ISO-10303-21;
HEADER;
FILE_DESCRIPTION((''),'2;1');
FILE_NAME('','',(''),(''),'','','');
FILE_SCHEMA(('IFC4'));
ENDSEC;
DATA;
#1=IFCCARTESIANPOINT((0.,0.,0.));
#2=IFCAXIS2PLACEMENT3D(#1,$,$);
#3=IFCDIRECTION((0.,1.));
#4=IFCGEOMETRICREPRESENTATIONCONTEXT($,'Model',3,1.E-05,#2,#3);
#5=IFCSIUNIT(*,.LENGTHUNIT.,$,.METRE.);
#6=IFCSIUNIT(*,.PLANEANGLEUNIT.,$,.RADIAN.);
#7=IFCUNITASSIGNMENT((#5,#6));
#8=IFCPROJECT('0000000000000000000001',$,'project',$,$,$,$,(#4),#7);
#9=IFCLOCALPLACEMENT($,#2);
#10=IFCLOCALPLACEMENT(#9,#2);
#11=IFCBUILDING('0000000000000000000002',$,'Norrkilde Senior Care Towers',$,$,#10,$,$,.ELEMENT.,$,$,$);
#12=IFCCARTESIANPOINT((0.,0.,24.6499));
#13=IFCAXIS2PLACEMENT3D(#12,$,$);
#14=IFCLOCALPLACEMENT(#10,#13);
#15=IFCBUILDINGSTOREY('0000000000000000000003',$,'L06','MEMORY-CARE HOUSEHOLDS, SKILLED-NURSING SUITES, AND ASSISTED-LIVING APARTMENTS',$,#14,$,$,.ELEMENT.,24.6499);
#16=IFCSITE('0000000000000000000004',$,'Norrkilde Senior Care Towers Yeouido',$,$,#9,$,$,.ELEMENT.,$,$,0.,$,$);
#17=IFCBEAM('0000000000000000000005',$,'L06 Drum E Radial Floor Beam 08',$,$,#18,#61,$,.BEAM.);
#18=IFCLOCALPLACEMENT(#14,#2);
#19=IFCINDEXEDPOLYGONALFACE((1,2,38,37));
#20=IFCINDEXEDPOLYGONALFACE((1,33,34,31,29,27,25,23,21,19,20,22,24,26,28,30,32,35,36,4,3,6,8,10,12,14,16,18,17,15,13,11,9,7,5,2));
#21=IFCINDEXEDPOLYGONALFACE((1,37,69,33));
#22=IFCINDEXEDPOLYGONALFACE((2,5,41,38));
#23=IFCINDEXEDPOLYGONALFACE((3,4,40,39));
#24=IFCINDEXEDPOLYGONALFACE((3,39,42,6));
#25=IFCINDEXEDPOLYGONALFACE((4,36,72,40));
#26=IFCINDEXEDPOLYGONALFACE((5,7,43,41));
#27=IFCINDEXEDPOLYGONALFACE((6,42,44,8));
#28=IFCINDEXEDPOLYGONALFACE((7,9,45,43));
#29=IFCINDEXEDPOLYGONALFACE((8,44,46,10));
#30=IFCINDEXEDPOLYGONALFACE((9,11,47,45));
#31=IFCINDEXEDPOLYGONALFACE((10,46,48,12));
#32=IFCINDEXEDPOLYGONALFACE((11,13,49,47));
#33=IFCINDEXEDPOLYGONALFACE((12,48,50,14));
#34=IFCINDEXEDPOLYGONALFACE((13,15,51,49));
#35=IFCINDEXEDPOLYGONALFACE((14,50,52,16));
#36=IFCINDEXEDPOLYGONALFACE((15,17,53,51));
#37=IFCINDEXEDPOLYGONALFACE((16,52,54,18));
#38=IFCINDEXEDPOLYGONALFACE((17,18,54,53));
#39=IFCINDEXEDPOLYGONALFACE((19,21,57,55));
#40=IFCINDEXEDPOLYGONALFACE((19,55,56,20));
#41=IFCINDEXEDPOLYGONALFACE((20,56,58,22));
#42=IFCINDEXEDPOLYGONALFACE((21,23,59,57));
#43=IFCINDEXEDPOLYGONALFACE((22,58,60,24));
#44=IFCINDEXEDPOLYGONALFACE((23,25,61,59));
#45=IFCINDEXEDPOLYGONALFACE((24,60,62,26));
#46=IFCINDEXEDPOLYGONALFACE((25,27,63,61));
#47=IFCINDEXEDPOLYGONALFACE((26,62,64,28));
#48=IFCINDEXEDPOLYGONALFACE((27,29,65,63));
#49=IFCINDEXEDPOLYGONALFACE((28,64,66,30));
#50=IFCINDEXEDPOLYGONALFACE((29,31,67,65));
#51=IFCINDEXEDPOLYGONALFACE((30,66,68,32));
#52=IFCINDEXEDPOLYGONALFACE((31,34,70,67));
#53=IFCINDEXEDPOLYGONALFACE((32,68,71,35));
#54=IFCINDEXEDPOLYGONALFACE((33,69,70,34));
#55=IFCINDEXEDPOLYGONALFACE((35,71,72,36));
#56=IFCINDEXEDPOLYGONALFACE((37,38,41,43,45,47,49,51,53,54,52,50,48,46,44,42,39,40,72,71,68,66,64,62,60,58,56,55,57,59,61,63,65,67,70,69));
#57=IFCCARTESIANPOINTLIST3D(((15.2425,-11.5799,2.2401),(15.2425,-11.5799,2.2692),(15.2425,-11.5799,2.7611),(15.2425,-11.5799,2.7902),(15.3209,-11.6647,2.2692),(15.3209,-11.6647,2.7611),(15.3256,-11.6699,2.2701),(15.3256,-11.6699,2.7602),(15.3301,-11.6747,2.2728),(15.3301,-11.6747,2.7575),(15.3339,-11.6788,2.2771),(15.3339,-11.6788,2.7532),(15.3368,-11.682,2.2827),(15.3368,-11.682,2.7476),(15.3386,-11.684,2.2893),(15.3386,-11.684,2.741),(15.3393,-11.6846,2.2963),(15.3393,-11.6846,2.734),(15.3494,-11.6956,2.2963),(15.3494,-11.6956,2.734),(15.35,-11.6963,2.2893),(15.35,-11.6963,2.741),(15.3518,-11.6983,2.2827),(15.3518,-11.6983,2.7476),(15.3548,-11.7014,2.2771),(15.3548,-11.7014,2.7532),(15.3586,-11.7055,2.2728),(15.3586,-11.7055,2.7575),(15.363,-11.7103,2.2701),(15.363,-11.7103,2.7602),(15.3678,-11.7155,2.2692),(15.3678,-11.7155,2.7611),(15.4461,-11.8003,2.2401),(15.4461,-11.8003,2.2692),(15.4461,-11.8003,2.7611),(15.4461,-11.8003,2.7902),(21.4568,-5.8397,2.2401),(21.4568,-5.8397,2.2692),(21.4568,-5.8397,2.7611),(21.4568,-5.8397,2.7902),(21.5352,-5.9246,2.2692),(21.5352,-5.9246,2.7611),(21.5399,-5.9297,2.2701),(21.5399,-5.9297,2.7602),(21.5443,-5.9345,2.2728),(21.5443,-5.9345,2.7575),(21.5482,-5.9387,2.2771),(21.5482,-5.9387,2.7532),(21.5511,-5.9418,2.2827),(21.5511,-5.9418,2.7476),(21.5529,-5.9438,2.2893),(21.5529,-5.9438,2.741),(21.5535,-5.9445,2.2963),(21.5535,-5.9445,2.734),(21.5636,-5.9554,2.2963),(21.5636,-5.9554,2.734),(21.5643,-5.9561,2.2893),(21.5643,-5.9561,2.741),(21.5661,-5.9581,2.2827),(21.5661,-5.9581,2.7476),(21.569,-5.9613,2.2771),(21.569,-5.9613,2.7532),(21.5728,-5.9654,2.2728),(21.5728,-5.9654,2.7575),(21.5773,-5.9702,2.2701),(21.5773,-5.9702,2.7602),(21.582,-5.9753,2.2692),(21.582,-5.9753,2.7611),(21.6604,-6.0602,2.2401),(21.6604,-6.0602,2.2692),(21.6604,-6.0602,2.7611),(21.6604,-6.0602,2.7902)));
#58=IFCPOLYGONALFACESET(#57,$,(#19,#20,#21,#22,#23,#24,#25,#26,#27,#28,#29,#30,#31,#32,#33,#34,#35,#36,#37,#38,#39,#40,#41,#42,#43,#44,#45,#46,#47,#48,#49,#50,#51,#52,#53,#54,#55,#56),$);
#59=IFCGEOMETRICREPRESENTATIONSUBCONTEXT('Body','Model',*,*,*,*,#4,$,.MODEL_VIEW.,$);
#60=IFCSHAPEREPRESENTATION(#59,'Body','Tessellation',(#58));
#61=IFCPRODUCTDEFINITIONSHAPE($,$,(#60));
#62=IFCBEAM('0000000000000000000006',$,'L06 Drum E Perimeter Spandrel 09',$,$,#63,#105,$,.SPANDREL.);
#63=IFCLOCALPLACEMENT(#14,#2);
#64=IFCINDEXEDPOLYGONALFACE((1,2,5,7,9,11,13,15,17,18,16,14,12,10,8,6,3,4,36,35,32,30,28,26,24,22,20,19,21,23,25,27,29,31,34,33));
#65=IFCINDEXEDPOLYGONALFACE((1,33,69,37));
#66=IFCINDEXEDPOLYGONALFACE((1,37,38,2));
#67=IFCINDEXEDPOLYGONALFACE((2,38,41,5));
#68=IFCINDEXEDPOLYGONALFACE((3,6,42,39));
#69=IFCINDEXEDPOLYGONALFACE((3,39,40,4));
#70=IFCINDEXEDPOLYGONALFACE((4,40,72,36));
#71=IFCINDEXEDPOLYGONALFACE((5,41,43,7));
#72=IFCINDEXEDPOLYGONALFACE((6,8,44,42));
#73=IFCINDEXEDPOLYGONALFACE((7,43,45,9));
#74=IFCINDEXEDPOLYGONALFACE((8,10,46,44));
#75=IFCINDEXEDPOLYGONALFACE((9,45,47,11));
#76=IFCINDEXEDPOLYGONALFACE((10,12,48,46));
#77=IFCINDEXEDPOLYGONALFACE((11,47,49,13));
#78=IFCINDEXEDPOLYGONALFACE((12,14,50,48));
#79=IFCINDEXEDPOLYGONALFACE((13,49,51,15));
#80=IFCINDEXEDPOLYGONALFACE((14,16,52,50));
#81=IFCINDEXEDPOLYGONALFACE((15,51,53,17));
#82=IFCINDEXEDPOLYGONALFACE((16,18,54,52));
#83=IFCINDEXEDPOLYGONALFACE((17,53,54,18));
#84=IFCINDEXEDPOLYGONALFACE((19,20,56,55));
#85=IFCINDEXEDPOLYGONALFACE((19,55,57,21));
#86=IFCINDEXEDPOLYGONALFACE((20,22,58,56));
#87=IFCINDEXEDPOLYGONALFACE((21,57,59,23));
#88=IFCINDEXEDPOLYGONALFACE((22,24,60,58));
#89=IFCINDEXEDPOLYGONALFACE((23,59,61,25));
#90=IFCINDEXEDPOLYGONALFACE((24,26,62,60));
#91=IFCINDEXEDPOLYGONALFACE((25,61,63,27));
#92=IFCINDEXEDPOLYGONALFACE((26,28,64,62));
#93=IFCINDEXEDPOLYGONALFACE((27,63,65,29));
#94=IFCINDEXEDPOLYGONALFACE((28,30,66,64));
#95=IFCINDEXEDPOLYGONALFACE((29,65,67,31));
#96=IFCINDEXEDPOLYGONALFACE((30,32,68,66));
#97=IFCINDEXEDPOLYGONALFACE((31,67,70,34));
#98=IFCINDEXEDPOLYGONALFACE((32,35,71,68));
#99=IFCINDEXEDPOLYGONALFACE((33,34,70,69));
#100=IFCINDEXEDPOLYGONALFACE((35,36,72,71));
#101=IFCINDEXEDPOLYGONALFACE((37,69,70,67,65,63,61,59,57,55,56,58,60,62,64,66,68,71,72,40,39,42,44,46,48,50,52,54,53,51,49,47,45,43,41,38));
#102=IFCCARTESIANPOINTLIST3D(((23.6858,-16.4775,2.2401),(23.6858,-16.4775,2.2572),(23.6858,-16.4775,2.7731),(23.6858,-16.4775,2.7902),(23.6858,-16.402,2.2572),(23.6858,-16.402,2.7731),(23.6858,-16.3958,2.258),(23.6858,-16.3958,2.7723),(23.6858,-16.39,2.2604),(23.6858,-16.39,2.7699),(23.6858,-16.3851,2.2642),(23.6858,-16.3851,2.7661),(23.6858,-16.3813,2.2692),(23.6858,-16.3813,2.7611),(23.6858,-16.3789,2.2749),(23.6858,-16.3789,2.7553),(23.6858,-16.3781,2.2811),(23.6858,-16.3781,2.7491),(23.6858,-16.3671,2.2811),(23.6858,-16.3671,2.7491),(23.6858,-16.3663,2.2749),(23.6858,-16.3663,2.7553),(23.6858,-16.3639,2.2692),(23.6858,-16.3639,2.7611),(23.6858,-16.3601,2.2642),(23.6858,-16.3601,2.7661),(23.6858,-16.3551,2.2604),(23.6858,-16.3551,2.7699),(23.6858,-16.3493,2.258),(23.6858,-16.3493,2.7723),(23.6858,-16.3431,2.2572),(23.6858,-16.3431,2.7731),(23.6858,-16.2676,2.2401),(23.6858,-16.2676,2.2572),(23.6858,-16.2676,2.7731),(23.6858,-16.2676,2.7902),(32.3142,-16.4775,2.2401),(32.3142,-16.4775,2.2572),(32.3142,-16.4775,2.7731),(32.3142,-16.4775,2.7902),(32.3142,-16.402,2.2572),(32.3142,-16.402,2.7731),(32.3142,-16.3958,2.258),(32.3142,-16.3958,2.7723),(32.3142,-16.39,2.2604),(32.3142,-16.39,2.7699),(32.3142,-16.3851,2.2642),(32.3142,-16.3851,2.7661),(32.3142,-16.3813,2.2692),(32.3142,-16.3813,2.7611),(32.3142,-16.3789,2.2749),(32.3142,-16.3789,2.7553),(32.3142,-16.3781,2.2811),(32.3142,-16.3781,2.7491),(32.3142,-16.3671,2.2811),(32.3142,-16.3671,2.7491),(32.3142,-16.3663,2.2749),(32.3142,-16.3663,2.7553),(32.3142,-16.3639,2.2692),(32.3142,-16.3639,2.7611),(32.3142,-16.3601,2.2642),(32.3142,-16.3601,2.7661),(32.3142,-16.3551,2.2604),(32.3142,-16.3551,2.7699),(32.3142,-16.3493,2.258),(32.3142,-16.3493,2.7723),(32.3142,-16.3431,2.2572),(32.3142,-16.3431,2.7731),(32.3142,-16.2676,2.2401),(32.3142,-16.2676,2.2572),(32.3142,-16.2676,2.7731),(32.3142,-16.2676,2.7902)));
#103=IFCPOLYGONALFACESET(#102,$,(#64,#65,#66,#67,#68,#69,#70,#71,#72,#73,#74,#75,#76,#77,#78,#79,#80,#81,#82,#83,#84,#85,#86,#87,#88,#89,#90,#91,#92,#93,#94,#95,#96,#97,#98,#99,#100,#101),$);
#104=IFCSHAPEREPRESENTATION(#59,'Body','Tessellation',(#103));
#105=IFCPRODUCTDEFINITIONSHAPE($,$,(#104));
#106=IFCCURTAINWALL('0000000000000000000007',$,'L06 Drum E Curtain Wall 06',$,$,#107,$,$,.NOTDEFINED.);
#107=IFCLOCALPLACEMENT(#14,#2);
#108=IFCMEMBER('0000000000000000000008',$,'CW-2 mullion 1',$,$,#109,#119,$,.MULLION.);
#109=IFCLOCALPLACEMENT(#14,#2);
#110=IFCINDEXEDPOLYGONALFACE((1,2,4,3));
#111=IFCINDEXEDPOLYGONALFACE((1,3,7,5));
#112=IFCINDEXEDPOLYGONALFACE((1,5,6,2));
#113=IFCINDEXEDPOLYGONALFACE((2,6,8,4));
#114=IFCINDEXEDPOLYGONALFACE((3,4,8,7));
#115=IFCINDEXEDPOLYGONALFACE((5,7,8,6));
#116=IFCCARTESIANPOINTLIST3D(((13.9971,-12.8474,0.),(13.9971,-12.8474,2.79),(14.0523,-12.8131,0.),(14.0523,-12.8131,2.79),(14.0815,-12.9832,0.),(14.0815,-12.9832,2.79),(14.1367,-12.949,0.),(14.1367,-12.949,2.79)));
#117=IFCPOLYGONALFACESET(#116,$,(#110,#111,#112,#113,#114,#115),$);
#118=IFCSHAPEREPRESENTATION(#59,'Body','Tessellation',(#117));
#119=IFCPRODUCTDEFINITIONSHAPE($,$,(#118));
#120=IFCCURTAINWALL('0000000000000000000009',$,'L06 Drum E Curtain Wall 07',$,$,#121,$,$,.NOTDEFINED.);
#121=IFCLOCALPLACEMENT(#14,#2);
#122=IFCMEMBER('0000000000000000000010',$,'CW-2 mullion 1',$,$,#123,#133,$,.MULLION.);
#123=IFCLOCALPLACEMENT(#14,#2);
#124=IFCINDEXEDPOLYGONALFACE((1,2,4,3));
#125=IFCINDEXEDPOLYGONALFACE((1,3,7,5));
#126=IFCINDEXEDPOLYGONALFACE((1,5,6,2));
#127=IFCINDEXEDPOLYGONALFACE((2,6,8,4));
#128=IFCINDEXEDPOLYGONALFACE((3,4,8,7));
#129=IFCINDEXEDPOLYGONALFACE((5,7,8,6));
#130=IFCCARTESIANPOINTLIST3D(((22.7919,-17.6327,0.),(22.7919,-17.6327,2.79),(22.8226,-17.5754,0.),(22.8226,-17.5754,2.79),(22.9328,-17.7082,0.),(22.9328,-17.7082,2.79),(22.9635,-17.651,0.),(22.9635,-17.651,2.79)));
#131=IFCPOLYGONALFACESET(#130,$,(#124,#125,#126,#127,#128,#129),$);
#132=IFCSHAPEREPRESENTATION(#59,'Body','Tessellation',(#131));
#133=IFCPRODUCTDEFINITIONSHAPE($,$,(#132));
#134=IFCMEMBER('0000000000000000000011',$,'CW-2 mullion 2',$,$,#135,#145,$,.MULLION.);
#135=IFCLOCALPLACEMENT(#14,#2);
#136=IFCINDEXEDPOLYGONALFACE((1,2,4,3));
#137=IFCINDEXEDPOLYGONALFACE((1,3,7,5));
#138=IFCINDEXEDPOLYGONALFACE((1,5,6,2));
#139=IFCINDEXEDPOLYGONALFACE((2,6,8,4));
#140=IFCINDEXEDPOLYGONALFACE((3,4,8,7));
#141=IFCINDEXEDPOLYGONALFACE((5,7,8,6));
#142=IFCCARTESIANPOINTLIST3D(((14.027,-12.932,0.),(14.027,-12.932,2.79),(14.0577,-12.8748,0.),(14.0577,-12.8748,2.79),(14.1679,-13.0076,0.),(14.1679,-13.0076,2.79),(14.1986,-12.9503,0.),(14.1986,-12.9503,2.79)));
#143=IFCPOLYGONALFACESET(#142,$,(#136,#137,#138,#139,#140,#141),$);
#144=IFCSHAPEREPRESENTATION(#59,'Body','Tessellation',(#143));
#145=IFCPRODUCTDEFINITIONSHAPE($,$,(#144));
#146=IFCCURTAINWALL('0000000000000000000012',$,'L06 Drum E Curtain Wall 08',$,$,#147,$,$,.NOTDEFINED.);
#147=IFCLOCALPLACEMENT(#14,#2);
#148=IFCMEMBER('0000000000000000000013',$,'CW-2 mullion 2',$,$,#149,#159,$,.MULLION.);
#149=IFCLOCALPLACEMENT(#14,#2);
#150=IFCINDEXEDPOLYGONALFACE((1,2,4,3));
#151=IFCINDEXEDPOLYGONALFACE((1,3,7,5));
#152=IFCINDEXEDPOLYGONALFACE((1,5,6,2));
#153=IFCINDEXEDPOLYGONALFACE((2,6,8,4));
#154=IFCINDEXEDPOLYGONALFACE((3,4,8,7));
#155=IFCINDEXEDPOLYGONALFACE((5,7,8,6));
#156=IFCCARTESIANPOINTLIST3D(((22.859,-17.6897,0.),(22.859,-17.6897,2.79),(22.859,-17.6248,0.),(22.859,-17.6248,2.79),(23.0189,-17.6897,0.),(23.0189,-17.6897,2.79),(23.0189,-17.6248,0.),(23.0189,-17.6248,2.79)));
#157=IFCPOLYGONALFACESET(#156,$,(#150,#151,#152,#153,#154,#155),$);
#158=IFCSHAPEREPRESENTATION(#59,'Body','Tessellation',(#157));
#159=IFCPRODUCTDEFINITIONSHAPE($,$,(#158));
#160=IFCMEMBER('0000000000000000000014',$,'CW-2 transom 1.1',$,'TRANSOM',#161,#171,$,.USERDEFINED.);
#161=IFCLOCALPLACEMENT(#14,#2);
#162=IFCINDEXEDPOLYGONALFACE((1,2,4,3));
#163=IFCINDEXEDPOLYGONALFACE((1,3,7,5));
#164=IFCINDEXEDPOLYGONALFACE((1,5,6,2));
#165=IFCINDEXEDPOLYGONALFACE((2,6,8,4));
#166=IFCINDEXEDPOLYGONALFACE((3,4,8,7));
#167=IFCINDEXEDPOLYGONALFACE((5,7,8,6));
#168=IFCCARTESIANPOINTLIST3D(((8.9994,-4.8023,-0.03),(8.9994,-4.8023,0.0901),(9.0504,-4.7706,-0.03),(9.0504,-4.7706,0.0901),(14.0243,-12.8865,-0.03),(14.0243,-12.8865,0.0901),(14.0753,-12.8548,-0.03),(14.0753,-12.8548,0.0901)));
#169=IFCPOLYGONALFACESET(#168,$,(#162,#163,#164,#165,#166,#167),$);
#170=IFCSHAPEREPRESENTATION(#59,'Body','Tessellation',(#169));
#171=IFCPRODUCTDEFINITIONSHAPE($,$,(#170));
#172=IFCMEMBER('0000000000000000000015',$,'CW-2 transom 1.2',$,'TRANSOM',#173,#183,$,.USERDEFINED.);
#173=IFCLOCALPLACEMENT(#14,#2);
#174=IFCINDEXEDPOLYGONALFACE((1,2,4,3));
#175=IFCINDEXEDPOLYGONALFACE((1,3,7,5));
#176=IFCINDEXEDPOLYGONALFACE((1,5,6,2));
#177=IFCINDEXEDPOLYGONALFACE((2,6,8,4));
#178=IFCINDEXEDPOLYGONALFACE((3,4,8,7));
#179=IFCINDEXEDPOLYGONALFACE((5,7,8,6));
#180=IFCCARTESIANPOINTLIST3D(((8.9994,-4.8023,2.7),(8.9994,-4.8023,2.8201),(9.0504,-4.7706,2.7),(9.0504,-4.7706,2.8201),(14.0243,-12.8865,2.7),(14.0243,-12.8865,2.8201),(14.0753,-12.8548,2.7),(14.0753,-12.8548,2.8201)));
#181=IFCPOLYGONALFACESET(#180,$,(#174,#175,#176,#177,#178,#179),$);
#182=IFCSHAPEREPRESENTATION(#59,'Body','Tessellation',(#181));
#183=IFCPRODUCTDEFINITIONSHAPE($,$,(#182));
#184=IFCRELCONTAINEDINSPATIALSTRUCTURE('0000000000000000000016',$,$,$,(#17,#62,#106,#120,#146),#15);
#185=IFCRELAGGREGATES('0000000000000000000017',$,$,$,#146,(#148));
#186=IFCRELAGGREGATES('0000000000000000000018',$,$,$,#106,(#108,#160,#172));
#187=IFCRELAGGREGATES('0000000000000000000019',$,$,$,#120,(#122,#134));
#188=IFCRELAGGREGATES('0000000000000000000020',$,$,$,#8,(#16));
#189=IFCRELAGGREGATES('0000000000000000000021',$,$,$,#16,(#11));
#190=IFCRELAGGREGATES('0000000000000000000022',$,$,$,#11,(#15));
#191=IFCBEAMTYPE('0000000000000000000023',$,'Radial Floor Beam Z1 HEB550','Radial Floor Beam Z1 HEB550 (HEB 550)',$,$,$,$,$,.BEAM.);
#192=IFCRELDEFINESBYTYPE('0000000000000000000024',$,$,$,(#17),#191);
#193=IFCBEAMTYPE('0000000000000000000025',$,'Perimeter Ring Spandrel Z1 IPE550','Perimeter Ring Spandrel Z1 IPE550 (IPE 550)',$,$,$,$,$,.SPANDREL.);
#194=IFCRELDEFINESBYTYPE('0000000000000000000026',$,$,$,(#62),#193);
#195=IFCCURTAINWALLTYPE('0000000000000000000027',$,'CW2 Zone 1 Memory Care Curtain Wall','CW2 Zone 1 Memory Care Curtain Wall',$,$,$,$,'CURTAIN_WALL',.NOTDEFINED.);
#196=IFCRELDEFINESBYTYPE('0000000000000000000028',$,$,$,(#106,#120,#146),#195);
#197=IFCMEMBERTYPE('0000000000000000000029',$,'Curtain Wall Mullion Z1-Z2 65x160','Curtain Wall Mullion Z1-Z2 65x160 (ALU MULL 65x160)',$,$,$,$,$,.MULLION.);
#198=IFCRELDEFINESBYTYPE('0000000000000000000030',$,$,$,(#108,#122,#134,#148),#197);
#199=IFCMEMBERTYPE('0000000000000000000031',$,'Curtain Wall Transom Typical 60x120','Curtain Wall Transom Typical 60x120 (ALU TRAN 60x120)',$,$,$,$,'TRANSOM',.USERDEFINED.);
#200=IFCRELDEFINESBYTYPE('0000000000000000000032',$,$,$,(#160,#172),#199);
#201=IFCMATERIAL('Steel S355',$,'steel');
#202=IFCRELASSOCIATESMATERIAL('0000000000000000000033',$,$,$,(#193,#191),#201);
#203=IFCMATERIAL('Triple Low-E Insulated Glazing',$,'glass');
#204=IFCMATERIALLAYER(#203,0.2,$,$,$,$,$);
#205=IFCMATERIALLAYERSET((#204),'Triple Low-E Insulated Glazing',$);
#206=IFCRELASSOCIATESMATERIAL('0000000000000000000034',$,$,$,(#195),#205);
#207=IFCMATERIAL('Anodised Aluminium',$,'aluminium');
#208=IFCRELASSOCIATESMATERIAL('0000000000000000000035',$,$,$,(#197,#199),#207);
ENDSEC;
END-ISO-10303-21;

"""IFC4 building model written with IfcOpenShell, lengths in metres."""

from ifc_helpers import new_model, si_unit, direction, frame, origin, origin_2d, place, context, subcontext, project, spatial, rectangle, i_section, extrude, source, transform, mapped, material, layer, layer_set, material_profile, profile_set, type_object, type_shapes, element, aggregate, save


model = new_model("IFC4")

# Units and contexts
model_context = context("Model", 3, precision=1e-05, world=origin(), true_north=direction((0.0, 1.0)))
body_context = subcontext(model_context, "Body", "Model", "MODEL_VIEW")
ifc_project = project(units=[si_unit("LENGTHUNIT", "METRE"), si_unit("PLANEANGLEUNIT", "RADIAN")], contexts=[model_context])

# Site, building, storey
site_placement = place(None, origin())
site = spatial("IfcSite", under=ifc_project, at=site_placement, Name="Norrkilde Senior Care Towers Yeouido", CompositionType="ELEMENT", RefElevation=0.0)
building_placement = place(site_placement, origin())
building = spatial("IfcBuilding", under=site, at=building_placement, Name="Norrkilde Senior Care Towers", CompositionType="ELEMENT")
storey_placement = place(building_placement, frame((0.0, 0.0, 24.6499)))
storey = spatial("IfcBuildingStorey", under=building, at=storey_placement, Name="L06", Description="MEMORY-CARE HOUSEHOLDS, SKILLED-NURSING SUITES, AND ASSISTED-LIVING APARTMENTS", CompositionType="ELEMENT", Elevation=24.6499)

# Beams
ifc_material_1 = material(Name="Steel S355", Category="steel")
ifc_material_profile_1 = material_profile(ifc_material_1, i_section(OverallWidth=0.21, OverallDepth=0.55, WebThickness=0.011, FlangeThickness=0.0171, FilletRadius=0.0239, at=origin_2d()), Name="IPE 550")
ifc_profile_set_1 = profile_set([ifc_material_profile_1], Name="Steel S355")
beam_type_1 = type_object("IfcBeamType", Name="Perimeter Ring Spandrel Z1 IPE550", Description="Perimeter Ring Spandrel Z1 IPE550 (IPE 550)", PredefinedType="SPANDREL", material=ifc_profile_set_1)
ifc_material_profile_2 = material_profile(ifc_material_1, i_section(OverallWidth=0.3, OverallDepth=0.55, WebThickness=0.0149, FlangeThickness=0.0291, FilletRadius=0.0271, at=origin_2d()), Name="HEB 550")
ifc_profile_set_2 = profile_set([ifc_material_profile_2], Name="Steel S355")
beam_type_2 = type_object("IfcBeamType", Name="Radial Floor Beam Z1 HEB550", Description="Radial Floor Beam Z1 HEB550 (HEB 550)", PredefinedType="BEAM", material=ifc_profile_set_2)
shared_shape_1 = source(origin(), body_context, "Body", "SweptSolid", [
    extrude(i_section(OverallWidth=0.3, OverallDepth=0.55, WebThickness=0.0149, FlangeThickness=0.0291, FilletRadius=0.0271, at=origin_2d()), origin(), (0.0, 0.0, 1.0), 8.4597),
])
type_shapes(beam_type_2, [shared_shape_1])
beam_1_placement = place(storey_placement, frame((21.5586, -5.95, 2.5151), z_axis=(-0.734573, -0.678529, 0.0), x_axis=(0.678529, -0.734573, 0.0)))
element("IfcBeam", 1, at=beam_1_placement, inside=storey, type_object=beam_type_2, Name="L06 Drum E Radial Floor Beam 08", PredefinedType="BEAM", context=body_context, shape_type="MappedRepresentation", body=[
    mapped(shared_shape_1, transform((0.0, 0.0, 0.0), x_axis=(1.0, 0.0, 0.0), y_axis=(0.0, 1.0, 0.0), z_axis=(0.0, 0.0, 1.0), scale=1.0)),
])
shared_shape_2 = source(origin(), body_context, "Body", "SweptSolid", [
    extrude(i_section(OverallWidth=0.21, OverallDepth=0.55, WebThickness=0.011, FlangeThickness=0.0171, FilletRadius=0.0239, at=origin_2d()), origin(), (0.0, 0.0, 1.0), 8.6284),
])
beam_2_placement = place(storey_placement, frame((23.6858, -16.3726, 2.5151), z_axis=(1.0, 0.0, 0.0), x_axis=(0.0, 1.0, 0.0)))
element("IfcBeam", 2, at=beam_2_placement, inside=storey, type_object=beam_type_1, Name="L06 Drum E Perimeter Spandrel 09", PredefinedType="SPANDREL", context=body_context, shape_type="MappedRepresentation", body=[
    mapped(shared_shape_2, transform((0.0, 0.0, 0.0), x_axis=(1.0, 0.0, 0.0), y_axis=(0.0, 1.0, 0.0), z_axis=(0.0, 0.0, 1.0), scale=1.0)),
])

# Curtain wall, member
ifc_material_2 = material(Name="Triple Low-E Insulated Glazing", Category="glass")
ifc_layer_1 = layer(ifc_material_2, 0.2)
ifc_layer_set_1 = layer_set([ifc_layer_1], Name="Triple Low-E Insulated Glazing")
curtain_wall_type = type_object("IfcCurtainWallType", Name="CW2 Zone 1 Memory Care Curtain Wall", Description="CW2 Zone 1 Memory Care Curtain Wall", ElementType="CURTAIN_WALL", PredefinedType="NOTDEFINED", material=ifc_layer_set_1)
curtain_wall_1_placement = place(storey_placement, origin())
curtain_wall_1 = element("IfcCurtainWall", 3, at=curtain_wall_1_placement, inside=storey, type_object=curtain_wall_type, Name="L06 Drum E Curtain Wall 06", PredefinedType="NOTDEFINED")
ifc_material_3 = material(Name="Anodised Aluminium", Category="aluminium")
ifc_material_profile_3 = material_profile(ifc_material_3, rectangle(XDim=0.0649, YDim=0.1599, at=origin_2d()), Name="ALU MULL 65x160")
ifc_profile_set_3 = profile_set([ifc_material_profile_3], Name="Anodised Aluminium")
member_type_1 = type_object("IfcMemberType", Name="Curtain Wall Mullion Z1-Z2 65x160", Description="Curtain Wall Mullion Z1-Z2 65x160 (ALU MULL 65x160)", PredefinedType="MULLION", material=ifc_profile_set_3)
shared_shape_3 = source(origin(), body_context, "Body", "SweptSolid", [
    extrude(rectangle(XDim=0.0649, YDim=0.1599, at=origin_2d()), origin(), (0.0, 0.0, 1.0), 2.79),
])
type_shapes(member_type_1, [shared_shape_3])
member_1_placement = place(storey_placement, frame((14.0669, -12.8982, 0.0), z_axis=(0.0, 0.0, 1.0), x_axis=(-0.849306, -0.527901, 0.0)))
member_1 = element("IfcMember", 4, at=member_1_placement, type_object=member_type_1, Name="CW-2 mullion 1", PredefinedType="MULLION", context=body_context, shape_type="MappedRepresentation", body=[
    mapped(shared_shape_3, transform((0.0, 0.0, 0.0), x_axis=(1.0, 0.0, 0.0), y_axis=(0.0, 1.0, 0.0), z_axis=(0.0, 0.0, 1.0), scale=1.0)),
])

# Curtain wall, members
curtain_wall_2_placement = place(storey_placement, origin())
curtain_wall_2 = element("IfcCurtainWall", 5, at=curtain_wall_2_placement, inside=storey, type_object=curtain_wall_type, Name="L06 Drum E Curtain Wall 07", PredefinedType="NOTDEFINED")
member_2_placement = place(storey_placement, frame((22.8777, -17.6418, 0.0), z_axis=(0.0, 0.0, 1.0), x_axis=(-0.472608, -0.881273, 0.0)))
member_2 = element("IfcMember", 6, at=member_2_placement, type_object=member_type_1, Name="CW-2 mullion 1", PredefinedType="MULLION", context=body_context, shape_type="MappedRepresentation", body=[
    mapped(shared_shape_3, transform((0.0, 0.0, 0.0), x_axis=(1.0, 0.0, 0.0), y_axis=(0.0, 1.0, 0.0), z_axis=(0.0, 0.0, 1.0), scale=1.0)),
])
member_3_placement = place(storey_placement, frame((14.1128, -12.9412, 0.0), z_axis=(0.0, 0.0, 1.0), x_axis=(-0.472608, -0.881273, 0.0)))
member_3 = element("IfcMember", 7, at=member_3_placement, type_object=member_type_1, Name="CW-2 mullion 2", PredefinedType="MULLION", context=body_context, shape_type="MappedRepresentation", body=[
    mapped(shared_shape_3, transform((0.0, 0.0, 0.0), x_axis=(1.0, 0.0, 0.0), y_axis=(0.0, 1.0, 0.0), z_axis=(0.0, 0.0, 1.0), scale=1.0)),
])

# Curtain wall, member
curtain_wall_3_placement = place(storey_placement, origin())
curtain_wall_3 = element("IfcCurtainWall", 8, at=curtain_wall_3_placement, inside=storey, type_object=curtain_wall_type, Name="L06 Drum E Curtain Wall 08", PredefinedType="NOTDEFINED")
member_4_placement = place(storey_placement, frame((22.939, -17.6572, 0.0), z_axis=(0.0, 0.0, 1.0), x_axis=(0.0, -1.0, 0.0)))
member_4 = element("IfcMember", 9, at=member_4_placement, type_object=member_type_1, Name="CW-2 mullion 2", PredefinedType="MULLION", context=body_context, shape_type="MappedRepresentation", body=[
    mapped(shared_shape_3, transform((0.0, 0.0, 0.0), x_axis=(1.0, 0.0, 0.0), y_axis=(0.0, 1.0, 0.0), z_axis=(0.0, 0.0, 1.0), scale=1.0)),
])
aggregate(curtain_wall_3, [member_4])

# Members
ifc_material_profile_4 = material_profile(ifc_material_3, rectangle(XDim=0.0601, YDim=0.1201, at=origin_2d()), Name="ALU TRAN 60x120")
ifc_profile_set_4 = profile_set([ifc_material_profile_4], Name="Anodised Aluminium")
member_type_2 = type_object("IfcMemberType", Name="Curtain Wall Transom Typical 60x120", Description="Curtain Wall Transom Typical 60x120 (ALU TRAN 60x120)", ElementType="TRANSOM", PredefinedType="USERDEFINED", material=ifc_profile_set_4)
shared_shape_4 = source(origin(), body_context, "Body", "SweptSolid", [
    extrude(rectangle(XDim=0.0601, YDim=0.1201, at=origin_2d()), origin(), (0.0, 0.0, 1.0), 9.5186),
])
member_5_placement = place(storey_placement, frame((14.0498, -12.8706, 0.03), z_axis=(-0.527902, 0.849306, 0.0), x_axis=(-0.849306, -0.527902, 0.0)))
member_5 = element("IfcMember", 10, at=member_5_placement, type_object=member_type_2, Name="CW-2 transom 1.1", ObjectType="TRANSOM", PredefinedType="USERDEFINED", context=body_context, shape_type="MappedRepresentation", body=[
    mapped(shared_shape_4, transform((0.0, 0.0, 0.0), x_axis=(1.0, 0.0, 0.0), y_axis=(0.0, 1.0, 0.0), z_axis=(0.0, 0.0, 1.0), scale=1.0)),
])
member_6_placement = place(storey_placement, frame((14.0498, -12.8706, 2.76), z_axis=(-0.527902, 0.849306, 0.0), x_axis=(-0.849306, -0.527902, 0.0)))
member_6 = element("IfcMember", 11, at=member_6_placement, type_object=member_type_2, Name="CW-2 transom 1.2", ObjectType="TRANSOM", PredefinedType="USERDEFINED", context=body_context, shape_type="MappedRepresentation", body=[
    mapped(shared_shape_4, transform((0.0, 0.0, 0.0), x_axis=(1.0, 0.0, 0.0), y_axis=(0.0, 1.0, 0.0), z_axis=(0.0, 0.0, 1.0), scale=1.0)),
])

aggregate(curtain_wall_1, [member_1, member_5, member_6])
aggregate(curtain_wall_2, [member_2, member_3])

save(model, "model.ifc")
